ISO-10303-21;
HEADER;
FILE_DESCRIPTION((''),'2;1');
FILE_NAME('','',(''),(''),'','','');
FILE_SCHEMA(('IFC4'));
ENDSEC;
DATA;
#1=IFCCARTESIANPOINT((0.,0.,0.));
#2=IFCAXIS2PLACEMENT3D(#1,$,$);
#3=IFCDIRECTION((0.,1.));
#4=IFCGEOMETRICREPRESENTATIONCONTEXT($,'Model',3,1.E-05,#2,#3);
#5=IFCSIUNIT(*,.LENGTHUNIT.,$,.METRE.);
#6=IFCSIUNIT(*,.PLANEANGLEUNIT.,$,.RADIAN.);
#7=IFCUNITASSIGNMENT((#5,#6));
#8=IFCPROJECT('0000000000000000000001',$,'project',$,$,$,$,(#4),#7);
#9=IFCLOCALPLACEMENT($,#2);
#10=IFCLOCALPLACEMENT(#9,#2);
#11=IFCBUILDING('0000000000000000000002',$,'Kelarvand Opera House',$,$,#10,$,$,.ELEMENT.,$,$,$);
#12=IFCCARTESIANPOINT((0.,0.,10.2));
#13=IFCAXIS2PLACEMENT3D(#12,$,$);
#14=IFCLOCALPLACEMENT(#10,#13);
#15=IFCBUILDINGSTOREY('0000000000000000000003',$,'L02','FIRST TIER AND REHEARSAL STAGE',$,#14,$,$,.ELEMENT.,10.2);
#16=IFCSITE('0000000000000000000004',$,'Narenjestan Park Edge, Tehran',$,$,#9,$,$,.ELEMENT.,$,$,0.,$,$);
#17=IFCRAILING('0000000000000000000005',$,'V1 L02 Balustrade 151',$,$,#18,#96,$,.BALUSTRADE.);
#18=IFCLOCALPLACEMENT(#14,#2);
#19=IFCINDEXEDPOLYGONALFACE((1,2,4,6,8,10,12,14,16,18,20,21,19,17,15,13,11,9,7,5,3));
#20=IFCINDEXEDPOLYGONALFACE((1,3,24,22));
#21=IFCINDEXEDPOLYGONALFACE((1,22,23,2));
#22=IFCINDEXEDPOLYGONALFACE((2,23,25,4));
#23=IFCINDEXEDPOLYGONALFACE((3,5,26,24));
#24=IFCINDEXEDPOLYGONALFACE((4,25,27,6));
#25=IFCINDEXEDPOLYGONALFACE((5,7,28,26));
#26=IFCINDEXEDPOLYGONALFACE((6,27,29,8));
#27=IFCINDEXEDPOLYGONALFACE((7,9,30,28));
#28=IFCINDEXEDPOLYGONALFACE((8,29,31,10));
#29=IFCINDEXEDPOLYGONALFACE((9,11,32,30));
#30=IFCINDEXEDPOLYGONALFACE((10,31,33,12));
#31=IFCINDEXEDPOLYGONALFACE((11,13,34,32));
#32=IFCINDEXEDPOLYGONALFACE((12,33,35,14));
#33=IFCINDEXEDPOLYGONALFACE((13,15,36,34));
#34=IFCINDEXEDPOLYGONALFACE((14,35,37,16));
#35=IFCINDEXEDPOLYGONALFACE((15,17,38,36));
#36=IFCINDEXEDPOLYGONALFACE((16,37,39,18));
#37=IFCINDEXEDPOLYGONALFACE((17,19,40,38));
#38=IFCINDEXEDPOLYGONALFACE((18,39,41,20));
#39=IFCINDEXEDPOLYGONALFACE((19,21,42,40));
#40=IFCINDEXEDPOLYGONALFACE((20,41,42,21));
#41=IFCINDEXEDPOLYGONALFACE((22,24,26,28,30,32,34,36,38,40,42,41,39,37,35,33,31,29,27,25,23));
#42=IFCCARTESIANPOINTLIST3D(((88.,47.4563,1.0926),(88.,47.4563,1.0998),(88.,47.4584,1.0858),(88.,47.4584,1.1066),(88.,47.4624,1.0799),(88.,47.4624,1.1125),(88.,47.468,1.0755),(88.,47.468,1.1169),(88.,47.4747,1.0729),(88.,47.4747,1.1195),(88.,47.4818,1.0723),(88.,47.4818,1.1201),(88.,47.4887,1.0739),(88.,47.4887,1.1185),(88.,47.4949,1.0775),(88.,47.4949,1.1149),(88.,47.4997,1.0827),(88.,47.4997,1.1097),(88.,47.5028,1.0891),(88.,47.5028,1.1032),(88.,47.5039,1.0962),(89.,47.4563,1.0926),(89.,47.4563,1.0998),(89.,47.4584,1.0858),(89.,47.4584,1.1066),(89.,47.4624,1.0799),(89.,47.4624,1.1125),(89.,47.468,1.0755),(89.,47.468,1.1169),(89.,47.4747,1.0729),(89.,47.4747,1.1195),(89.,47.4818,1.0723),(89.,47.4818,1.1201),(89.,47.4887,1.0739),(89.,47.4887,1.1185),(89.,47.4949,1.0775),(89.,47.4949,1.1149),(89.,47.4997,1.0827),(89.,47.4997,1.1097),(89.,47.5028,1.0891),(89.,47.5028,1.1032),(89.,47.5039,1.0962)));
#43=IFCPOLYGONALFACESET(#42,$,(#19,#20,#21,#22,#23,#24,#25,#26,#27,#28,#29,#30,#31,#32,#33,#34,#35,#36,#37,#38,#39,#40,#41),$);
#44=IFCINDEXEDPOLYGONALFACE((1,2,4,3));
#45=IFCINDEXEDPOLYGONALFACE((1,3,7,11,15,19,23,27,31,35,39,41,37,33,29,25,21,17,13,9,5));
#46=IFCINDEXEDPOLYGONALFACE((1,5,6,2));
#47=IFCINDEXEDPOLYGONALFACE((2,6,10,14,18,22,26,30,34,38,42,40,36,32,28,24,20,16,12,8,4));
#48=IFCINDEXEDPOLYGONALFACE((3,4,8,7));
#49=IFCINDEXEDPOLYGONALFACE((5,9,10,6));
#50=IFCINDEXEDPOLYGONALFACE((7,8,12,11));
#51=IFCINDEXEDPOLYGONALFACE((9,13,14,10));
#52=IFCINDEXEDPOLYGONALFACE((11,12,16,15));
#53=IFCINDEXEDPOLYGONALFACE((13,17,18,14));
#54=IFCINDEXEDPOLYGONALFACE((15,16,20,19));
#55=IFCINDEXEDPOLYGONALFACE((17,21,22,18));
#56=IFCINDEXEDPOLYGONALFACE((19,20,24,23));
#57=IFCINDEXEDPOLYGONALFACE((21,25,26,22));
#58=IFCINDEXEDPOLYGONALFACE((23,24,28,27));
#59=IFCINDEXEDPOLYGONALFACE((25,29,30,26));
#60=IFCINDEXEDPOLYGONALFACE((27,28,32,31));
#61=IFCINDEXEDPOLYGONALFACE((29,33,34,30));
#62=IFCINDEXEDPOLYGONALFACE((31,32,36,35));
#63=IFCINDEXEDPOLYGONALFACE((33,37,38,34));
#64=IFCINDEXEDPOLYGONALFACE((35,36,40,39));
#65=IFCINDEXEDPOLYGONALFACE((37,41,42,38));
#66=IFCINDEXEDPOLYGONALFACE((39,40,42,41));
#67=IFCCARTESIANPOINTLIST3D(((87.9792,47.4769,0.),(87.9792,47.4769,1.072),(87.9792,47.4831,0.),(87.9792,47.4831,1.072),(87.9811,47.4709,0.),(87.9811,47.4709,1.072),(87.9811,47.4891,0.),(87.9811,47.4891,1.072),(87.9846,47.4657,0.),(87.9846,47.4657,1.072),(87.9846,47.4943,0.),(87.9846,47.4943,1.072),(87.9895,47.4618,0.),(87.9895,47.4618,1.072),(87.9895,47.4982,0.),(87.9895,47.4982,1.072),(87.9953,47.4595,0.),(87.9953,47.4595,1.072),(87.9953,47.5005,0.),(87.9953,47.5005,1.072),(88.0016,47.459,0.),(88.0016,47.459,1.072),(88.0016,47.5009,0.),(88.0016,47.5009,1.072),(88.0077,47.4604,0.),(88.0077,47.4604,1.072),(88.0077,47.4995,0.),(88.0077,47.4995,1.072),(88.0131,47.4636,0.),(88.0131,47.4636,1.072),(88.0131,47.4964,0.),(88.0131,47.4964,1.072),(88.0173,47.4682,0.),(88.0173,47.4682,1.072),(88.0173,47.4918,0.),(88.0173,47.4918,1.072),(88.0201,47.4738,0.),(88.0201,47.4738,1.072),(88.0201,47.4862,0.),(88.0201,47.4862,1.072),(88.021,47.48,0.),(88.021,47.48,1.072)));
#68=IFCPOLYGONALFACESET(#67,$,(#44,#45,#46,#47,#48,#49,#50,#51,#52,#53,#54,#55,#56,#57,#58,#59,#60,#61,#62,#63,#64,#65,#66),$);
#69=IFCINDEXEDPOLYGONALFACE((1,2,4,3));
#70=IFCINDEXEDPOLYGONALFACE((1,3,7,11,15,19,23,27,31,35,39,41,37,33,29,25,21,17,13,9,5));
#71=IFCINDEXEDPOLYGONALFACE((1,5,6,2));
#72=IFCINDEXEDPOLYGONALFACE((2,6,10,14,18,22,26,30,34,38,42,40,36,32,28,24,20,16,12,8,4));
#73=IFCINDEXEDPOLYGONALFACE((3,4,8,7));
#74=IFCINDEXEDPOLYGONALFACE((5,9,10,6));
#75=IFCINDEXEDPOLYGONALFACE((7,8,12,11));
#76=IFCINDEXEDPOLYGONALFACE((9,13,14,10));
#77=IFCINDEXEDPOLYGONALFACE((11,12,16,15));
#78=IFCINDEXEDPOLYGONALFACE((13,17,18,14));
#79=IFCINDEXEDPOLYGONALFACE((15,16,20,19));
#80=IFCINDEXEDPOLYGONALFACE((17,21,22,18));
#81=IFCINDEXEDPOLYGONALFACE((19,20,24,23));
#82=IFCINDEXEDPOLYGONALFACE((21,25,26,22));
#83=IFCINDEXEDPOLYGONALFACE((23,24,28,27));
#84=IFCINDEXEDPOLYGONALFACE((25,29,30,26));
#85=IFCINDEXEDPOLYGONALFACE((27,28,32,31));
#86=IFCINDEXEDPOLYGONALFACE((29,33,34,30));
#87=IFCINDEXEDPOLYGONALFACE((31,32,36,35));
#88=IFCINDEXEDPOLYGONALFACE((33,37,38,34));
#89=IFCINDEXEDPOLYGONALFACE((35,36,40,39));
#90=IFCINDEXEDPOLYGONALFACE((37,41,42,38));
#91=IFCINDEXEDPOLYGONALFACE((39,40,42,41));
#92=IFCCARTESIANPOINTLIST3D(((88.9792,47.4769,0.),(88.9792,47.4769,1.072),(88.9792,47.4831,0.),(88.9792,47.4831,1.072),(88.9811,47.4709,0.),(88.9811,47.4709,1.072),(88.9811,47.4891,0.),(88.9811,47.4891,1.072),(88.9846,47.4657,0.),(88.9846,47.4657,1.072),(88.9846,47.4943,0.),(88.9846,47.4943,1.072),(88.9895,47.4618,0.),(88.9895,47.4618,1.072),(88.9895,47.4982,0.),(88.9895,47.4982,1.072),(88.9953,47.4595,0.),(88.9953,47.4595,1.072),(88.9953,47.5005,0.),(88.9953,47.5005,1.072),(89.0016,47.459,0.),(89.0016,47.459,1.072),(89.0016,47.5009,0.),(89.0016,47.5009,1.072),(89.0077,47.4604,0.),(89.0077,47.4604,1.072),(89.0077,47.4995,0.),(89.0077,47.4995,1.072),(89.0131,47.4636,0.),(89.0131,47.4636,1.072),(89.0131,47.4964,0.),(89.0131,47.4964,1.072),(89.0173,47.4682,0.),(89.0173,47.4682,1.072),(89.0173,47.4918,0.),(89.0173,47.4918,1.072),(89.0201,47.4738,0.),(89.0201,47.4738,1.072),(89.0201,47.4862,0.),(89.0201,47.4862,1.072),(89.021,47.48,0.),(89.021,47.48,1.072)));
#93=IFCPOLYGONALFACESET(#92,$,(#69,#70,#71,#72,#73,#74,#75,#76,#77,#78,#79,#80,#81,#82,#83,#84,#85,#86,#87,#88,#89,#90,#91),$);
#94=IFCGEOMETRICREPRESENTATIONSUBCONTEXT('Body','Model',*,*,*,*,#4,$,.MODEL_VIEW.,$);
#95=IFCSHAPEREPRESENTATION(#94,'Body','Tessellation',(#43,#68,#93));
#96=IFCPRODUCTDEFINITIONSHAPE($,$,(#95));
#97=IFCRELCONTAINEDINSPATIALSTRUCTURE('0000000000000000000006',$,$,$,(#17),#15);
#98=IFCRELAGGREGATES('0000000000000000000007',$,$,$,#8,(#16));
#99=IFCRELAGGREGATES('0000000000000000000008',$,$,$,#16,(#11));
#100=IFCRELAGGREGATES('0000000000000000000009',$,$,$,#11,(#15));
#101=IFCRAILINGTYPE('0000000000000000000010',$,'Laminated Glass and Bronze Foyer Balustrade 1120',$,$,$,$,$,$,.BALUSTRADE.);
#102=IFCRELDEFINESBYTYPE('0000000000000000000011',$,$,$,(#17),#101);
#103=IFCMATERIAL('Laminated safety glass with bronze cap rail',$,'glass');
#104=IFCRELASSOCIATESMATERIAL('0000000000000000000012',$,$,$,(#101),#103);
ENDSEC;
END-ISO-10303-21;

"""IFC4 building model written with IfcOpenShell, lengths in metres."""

from ifc_helpers import new_model, si_unit, direction, frame, origin, origin_2d, place, context, subcontext, project, spatial, circle, extrude, material, type_object, element, save


model = new_model("IFC4")

# Units and contexts
model_context = context("Model", 3, precision=1e-05, world=origin(), true_north=direction((0.0, 1.0)))
body_context = subcontext(model_context, "Body", "Model", "MODEL_VIEW")
ifc_project = project(units=[si_unit("LENGTHUNIT", "METRE"), si_unit("PLANEANGLEUNIT", "RADIAN")], contexts=[model_context])

# Site, building, storey
site_placement = place(None, origin())
site = spatial("IfcSite", under=ifc_project, at=site_placement, Name="Narenjestan Park Edge, Tehran", CompositionType="ELEMENT", RefElevation=0.0)
building_placement = place(site_placement, origin())
building = spatial("IfcBuilding", under=site, at=building_placement, Name="Kelarvand Opera House", CompositionType="ELEMENT")
storey_placement = place(building_placement, frame((0.0, 0.0, 10.2)))
storey = spatial("IfcBuildingStorey", under=building, at=storey_placement, Name="L02", Description="FIRST TIER AND REHEARSAL STAGE", CompositionType="ELEMENT", Elevation=10.2)

# Railing
ifc_material_1 = material(Name="Laminated safety glass with bronze cap rail", Category="glass")
railing_type = type_object("IfcRailingType", Name="Laminated Glass and Bronze Foyer Balustrade 1120", PredefinedType="BALUSTRADE", material=ifc_material_1)
railing_placement = place(storey_placement, frame((88.0, 47.48, 0.0)))
element("IfcRailing", 1, at=railing_placement, inside=storey, type_object=railing_type, Name="V1 L02 Balustrade 151", PredefinedType="BALUSTRADE", context=body_context, shape_type="SweptSolid", body=[
    extrude(circle(Radius=0.0239, at=origin_2d()), frame((0.0, 0.0, 1.0962), z_axis=(1.0, 0.0, 0.0), x_axis=(0.0, 1.0, 0.0)), (0.0, 0.0, 1.0), 1.0),
    extrude(circle(Radius=0.021, at=origin_2d()), origin(), (0.0, 0.0, 1.0), 1.072),
    extrude(circle(Radius=0.021, at=origin_2d()), frame((1.0, 0.0, 0.0)), (0.0, 0.0, 1.0), 1.072),
])

save(model, "model.ifc")
